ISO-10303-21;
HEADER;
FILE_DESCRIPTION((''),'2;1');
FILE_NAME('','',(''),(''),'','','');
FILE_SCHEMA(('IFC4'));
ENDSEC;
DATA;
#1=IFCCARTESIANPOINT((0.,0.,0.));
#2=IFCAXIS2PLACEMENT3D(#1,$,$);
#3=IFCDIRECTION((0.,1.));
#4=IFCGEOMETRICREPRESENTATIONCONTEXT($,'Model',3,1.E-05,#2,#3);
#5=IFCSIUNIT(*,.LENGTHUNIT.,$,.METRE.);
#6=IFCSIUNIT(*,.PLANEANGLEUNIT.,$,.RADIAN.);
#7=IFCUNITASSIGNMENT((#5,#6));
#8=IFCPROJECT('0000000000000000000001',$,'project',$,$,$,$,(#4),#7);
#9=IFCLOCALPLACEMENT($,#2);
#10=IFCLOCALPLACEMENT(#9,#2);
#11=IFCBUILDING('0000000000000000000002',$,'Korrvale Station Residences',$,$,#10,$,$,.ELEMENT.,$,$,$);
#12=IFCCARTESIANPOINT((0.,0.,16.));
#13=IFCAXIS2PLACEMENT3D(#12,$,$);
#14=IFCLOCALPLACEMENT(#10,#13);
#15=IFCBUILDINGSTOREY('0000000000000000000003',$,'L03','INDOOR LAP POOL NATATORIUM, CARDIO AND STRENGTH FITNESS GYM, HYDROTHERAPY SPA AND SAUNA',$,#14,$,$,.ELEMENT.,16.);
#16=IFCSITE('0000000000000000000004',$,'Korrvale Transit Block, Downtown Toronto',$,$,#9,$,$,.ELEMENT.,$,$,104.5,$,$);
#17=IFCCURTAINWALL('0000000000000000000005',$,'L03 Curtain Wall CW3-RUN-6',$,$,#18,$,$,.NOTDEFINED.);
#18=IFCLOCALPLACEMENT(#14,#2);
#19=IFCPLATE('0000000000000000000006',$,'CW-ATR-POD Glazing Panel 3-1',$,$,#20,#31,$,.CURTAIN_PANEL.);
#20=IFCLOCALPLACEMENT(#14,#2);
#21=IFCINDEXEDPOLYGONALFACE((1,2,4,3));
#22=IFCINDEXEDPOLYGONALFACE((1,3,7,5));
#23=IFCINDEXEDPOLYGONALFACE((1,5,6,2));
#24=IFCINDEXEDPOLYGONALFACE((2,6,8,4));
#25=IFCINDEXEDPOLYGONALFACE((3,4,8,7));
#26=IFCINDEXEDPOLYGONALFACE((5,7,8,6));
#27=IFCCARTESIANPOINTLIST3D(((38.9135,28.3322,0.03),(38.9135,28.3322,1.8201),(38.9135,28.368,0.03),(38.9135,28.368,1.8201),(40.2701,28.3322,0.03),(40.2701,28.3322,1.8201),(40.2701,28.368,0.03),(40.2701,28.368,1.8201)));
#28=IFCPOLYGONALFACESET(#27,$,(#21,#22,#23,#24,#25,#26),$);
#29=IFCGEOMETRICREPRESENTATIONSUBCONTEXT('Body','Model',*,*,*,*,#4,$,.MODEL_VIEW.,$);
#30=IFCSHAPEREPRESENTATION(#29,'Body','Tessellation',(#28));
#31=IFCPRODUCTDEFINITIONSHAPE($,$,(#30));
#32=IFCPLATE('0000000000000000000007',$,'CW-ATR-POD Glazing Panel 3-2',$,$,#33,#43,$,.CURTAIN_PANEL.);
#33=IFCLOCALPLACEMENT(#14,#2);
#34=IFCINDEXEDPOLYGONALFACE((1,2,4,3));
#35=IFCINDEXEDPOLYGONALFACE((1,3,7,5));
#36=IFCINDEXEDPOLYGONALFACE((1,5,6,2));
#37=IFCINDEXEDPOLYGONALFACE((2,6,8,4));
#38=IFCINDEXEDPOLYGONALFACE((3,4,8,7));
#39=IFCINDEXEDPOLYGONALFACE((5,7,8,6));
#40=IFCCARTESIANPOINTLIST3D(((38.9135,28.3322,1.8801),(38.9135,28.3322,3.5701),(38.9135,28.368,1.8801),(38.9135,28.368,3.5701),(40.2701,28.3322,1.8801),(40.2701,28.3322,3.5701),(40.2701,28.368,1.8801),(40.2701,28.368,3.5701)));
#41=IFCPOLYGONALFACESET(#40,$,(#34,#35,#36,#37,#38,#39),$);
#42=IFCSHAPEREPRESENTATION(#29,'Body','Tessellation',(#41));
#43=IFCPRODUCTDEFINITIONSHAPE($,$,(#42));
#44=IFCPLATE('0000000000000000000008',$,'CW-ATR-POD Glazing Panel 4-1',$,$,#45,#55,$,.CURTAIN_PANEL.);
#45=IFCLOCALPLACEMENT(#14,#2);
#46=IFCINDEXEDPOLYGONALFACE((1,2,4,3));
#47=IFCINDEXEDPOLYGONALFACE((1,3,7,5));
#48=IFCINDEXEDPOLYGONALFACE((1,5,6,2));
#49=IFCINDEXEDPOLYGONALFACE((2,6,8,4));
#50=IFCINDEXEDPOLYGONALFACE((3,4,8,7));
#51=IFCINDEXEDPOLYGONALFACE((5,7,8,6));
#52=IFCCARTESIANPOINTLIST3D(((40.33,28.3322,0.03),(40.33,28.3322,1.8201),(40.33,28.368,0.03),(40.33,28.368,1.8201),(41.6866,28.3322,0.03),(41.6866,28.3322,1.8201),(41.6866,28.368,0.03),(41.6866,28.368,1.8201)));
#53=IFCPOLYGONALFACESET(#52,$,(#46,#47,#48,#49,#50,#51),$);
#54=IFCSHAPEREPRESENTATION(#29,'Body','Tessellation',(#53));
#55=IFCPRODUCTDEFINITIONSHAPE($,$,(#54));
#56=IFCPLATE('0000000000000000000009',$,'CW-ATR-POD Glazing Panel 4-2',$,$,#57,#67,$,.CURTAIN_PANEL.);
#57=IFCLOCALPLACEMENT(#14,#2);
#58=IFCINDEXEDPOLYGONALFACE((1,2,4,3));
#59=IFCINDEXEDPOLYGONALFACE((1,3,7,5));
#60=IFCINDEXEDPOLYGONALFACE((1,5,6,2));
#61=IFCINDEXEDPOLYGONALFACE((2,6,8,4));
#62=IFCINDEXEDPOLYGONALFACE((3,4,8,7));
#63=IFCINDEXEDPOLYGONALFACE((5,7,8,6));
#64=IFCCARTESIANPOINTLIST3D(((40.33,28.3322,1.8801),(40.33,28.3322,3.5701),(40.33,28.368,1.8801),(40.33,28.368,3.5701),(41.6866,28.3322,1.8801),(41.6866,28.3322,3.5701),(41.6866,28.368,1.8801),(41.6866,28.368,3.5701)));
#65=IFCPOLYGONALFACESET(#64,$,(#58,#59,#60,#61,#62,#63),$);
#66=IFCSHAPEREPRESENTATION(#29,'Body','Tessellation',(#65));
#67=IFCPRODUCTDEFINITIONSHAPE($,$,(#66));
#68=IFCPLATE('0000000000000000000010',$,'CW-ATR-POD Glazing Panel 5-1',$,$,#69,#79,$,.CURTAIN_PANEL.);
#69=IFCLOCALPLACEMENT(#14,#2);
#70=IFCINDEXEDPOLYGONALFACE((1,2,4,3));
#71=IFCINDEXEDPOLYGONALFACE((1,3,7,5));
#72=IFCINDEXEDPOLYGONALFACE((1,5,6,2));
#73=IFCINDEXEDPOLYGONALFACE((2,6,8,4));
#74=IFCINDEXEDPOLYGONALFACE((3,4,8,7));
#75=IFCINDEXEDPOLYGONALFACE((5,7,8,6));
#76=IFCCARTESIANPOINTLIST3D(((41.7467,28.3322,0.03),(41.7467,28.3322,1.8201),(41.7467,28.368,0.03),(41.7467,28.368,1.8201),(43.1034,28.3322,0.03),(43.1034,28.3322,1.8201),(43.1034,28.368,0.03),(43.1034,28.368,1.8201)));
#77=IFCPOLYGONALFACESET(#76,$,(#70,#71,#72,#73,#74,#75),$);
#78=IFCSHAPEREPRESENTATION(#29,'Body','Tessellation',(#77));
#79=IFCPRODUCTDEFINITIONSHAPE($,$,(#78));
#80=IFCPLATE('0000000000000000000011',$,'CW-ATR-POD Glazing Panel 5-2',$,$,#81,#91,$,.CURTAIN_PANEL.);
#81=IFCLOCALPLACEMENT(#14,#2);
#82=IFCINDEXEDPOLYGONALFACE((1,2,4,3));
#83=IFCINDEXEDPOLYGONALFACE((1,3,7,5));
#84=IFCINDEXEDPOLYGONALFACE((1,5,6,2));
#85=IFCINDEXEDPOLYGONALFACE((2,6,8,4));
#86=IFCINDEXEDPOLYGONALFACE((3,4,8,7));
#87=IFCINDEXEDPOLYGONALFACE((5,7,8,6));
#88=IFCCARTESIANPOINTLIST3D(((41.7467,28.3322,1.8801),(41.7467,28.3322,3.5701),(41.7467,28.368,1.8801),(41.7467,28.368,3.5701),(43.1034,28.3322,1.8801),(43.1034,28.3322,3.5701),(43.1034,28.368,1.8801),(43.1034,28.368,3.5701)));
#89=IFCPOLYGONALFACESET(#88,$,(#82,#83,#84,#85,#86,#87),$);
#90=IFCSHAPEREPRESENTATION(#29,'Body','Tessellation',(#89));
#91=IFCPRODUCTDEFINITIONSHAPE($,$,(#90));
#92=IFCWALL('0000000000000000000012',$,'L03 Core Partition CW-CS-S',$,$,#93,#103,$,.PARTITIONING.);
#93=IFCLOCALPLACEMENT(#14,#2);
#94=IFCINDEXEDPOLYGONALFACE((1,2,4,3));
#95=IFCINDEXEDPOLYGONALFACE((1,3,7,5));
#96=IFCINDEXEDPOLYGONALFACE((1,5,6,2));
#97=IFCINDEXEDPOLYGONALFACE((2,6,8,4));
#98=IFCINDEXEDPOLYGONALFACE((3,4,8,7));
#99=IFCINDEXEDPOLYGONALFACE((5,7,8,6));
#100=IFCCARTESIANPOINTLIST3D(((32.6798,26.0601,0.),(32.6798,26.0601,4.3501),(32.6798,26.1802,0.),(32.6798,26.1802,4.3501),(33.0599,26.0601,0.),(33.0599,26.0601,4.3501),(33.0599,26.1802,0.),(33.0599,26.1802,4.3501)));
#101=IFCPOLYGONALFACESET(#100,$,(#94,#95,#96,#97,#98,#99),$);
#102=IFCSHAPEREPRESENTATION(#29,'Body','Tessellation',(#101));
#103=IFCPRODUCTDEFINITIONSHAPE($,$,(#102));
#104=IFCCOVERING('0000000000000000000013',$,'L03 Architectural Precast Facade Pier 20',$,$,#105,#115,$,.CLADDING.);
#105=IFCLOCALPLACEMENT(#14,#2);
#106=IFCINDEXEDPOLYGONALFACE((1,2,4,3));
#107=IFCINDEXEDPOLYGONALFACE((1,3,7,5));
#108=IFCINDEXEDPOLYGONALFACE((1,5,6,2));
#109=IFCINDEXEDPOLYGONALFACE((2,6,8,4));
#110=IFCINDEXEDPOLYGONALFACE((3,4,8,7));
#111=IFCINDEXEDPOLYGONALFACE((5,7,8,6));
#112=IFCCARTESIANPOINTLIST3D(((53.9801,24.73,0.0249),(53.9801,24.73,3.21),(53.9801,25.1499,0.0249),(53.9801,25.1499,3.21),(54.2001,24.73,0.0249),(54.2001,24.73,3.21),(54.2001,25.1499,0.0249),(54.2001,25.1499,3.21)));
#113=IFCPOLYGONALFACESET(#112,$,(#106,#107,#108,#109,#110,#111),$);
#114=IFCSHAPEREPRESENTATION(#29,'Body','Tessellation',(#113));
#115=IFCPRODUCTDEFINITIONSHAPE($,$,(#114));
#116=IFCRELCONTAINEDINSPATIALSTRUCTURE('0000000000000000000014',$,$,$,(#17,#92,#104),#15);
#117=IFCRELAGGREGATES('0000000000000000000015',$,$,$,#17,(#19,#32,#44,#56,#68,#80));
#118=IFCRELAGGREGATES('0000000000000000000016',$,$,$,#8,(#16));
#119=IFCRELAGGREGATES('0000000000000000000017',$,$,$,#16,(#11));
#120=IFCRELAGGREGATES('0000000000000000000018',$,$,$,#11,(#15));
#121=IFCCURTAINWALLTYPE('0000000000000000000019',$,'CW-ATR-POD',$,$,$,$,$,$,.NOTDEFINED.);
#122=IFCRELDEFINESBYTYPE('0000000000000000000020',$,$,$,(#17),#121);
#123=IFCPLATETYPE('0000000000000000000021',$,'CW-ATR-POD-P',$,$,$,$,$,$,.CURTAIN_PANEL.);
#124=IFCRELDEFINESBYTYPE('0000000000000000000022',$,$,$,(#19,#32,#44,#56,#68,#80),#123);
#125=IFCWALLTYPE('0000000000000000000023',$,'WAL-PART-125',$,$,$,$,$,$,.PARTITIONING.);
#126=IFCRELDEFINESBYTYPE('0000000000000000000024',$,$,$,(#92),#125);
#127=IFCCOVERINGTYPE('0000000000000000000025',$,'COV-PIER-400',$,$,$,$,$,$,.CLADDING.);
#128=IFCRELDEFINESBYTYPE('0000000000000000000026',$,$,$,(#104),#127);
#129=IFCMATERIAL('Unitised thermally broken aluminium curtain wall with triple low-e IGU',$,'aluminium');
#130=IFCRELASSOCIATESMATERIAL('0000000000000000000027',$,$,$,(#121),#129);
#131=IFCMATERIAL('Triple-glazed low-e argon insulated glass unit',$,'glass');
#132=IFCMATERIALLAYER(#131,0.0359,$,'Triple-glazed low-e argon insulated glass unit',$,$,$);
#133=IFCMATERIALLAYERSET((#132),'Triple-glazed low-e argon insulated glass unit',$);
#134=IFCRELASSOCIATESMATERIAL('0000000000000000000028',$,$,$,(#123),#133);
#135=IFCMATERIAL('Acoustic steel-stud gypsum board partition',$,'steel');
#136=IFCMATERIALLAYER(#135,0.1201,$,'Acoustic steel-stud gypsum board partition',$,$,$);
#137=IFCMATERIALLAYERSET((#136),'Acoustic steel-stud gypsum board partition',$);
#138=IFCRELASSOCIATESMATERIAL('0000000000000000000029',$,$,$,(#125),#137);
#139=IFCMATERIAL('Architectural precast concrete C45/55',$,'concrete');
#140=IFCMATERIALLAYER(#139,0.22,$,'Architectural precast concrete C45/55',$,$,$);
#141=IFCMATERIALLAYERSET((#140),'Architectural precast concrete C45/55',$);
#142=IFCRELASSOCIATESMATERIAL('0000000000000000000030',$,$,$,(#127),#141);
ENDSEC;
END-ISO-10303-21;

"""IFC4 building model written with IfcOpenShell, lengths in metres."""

from ifc_helpers import new_model, si_unit, direction, frame, frame_2d, origin, origin_2d, place, context, subcontext, project, spatial, rectangle, extrude, material, layer, layer_set, type_object, element, aggregate, save


model = new_model("IFC4")

# Units and contexts
model_context = context("Model", 3, precision=1e-05, world=origin(), true_north=direction((0.0, 1.0)))
body_context = subcontext(model_context, "Body", "Model", "MODEL_VIEW")
ifc_project = project(units=[si_unit("LENGTHUNIT", "METRE"), si_unit("PLANEANGLEUNIT", "RADIAN")], contexts=[model_context])

# Site, building, storey
site_placement = place(None, origin())
site = spatial("IfcSite", under=ifc_project, at=site_placement, Name="Korrvale Transit Block, Downtown Toronto", CompositionType="ELEMENT", RefElevation=104.5)
building_placement = place(site_placement, origin())
building = spatial("IfcBuilding", under=site, at=building_placement, Name="Korrvale Station Residences", CompositionType="ELEMENT")
storey_placement = place(building_placement, frame((0.0, 0.0, 16.0)))
storey = spatial("IfcBuildingStorey", under=building, at=storey_placement, Name="L03", Description="INDOOR LAP POOL NATATORIUM, CARDIO AND STRENGTH FITNESS GYM, HYDROTHERAPY SPA AND SAUNA", CompositionType="ELEMENT", Elevation=16.0)

# Curtain wall
ifc_material_1 = material(Name="Unitised thermally broken aluminium curtain wall with triple low-e IGU", Category="aluminium")
curtain_wall_type = type_object("IfcCurtainWallType", Name="CW-ATR-POD", PredefinedType="NOTDEFINED", material=ifc_material_1)
curtain_wall_placement = place(storey_placement, origin())
curtain_wall = element("IfcCurtainWall", 1, at=curtain_wall_placement, inside=storey, type_object=curtain_wall_type, Name="L03 Curtain Wall CW3-RUN-6", PredefinedType="NOTDEFINED")

# Plates
ifc_material_2 = material(Name="Triple-glazed low-e argon insulated glass unit", Category="glass")
ifc_layer_1 = layer(ifc_material_2, 0.0359, Name="Triple-glazed low-e argon insulated glass unit")
ifc_layer_set_1 = layer_set([ifc_layer_1], Name="Triple-glazed low-e argon insulated glass unit")
plate_type = type_object("IfcPlateType", Name="CW-ATR-POD-P", PredefinedType="CURTAIN_PANEL", material=ifc_layer_set_1)
plate_1_placement = place(storey_placement, frame((39.5918, 28.3501, 0.03), z_axis=(0.0, 0.0, 1.0), x_axis=(1.0, 0.0, 0.0)))
plate_1 = element("IfcPlate", 2, at=plate_1_placement, type_object=plate_type, Name="CW-ATR-POD Glazing Panel 3-1", PredefinedType="CURTAIN_PANEL", context=body_context, shape_type="SweptSolid", body=[
    extrude(rectangle(XDim=1.3567, YDim=0.0359, at=origin_2d()), origin(), (0.0, 0.0, 1.0), 1.79),
])
plate_2_placement = place(storey_placement, frame((39.5918, 28.3501, 1.8801), z_axis=(0.0, 0.0, 1.0), x_axis=(1.0, 0.0, 0.0)))
plate_2 = element("IfcPlate", 3, at=plate_2_placement, type_object=plate_type, Name="CW-ATR-POD Glazing Panel 3-2", PredefinedType="CURTAIN_PANEL", context=body_context, shape_type="SweptSolid", body=[
    extrude(rectangle(XDim=1.3567, YDim=0.0359, at=origin_2d()), origin(), (0.0, 0.0, 1.0), 1.6899),
])
plate_3_placement = place(storey_placement, frame((41.0083, 28.3501, 0.03), z_axis=(0.0, 0.0, 1.0), x_axis=(1.0, 0.0, 0.0)))
plate_3 = element("IfcPlate", 4, at=plate_3_placement, type_object=plate_type, Name="CW-ATR-POD Glazing Panel 4-1", PredefinedType="CURTAIN_PANEL", context=body_context, shape_type="SweptSolid", body=[
    extrude(rectangle(XDim=1.3567, YDim=0.0359, at=origin_2d()), origin(), (0.0, 0.0, 1.0), 1.79),
])
plate_4_placement = place(storey_placement, frame((41.0083, 28.3501, 1.8801), z_axis=(0.0, 0.0, 1.0), x_axis=(1.0, 0.0, 0.0)))
plate_4 = element("IfcPlate", 5, at=plate_4_placement, type_object=plate_type, Name="CW-ATR-POD Glazing Panel 4-2", PredefinedType="CURTAIN_PANEL", context=body_context, shape_type="SweptSolid", body=[
    extrude(rectangle(XDim=1.3567, YDim=0.0359, at=origin_2d()), origin(), (0.0, 0.0, 1.0), 1.6899),
])
plate_5_placement = place(storey_placement, frame((42.425, 28.3501, 0.03), z_axis=(0.0, 0.0, 1.0), x_axis=(1.0, 0.0, 0.0)))
plate_5 = element("IfcPlate", 6, at=plate_5_placement, type_object=plate_type, Name="CW-ATR-POD Glazing Panel 5-1", PredefinedType="CURTAIN_PANEL", context=body_context, shape_type="SweptSolid", body=[
    extrude(rectangle(XDim=1.3567, YDim=0.0359, at=origin_2d()), origin(), (0.0, 0.0, 1.0), 1.79),
])
plate_6_placement = place(storey_placement, frame((42.425, 28.3501, 1.8801), z_axis=(0.0, 0.0, 1.0), x_axis=(1.0, 0.0, 0.0)))
plate_6 = element("IfcPlate", 7, at=plate_6_placement, type_object=plate_type, Name="CW-ATR-POD Glazing Panel 5-2", PredefinedType="CURTAIN_PANEL", context=body_context, shape_type="SweptSolid", body=[
    extrude(rectangle(XDim=1.3567, YDim=0.0359, at=origin_2d()), origin(), (0.0, 0.0, 1.0), 1.6899),
])
aggregate(curtain_wall, [plate_1, plate_2, plate_3, plate_4, plate_5, plate_6])

# Wall
ifc_material_3 = material(Name="Acoustic steel-stud gypsum board partition", Category="steel")
ifc_layer_2 = layer(ifc_material_3, 0.1201, Name="Acoustic steel-stud gypsum board partition")
ifc_layer_set_2 = layer_set([ifc_layer_2], Name="Acoustic steel-stud gypsum board partition")
wall_type = type_object("IfcWallType", Name="WAL-PART-125", PredefinedType="PARTITIONING", material=ifc_layer_set_2)
wall_placement = place(storey_placement, frame((32.6799, 26.1201, 0.0), z_axis=(0.0, 0.0, 1.0), x_axis=(1.0, 0.0, 0.0)))
element("IfcWall", 8, at=wall_placement, inside=storey, type_object=wall_type, Name="L03 Core Partition CW-CS-S", PredefinedType="PARTITIONING", context=body_context, shape_type="SweptSolid", body=[
    extrude(rectangle(XDim=0.3801, YDim=0.1201, at=frame_2d((0.1899, 0.0))), origin(), (0.0, 0.0, 1.0), 4.3501),
])

# Covering
ifc_material_4 = material(Name="Architectural precast concrete C45/55", Category="concrete")
ifc_layer_3 = layer(ifc_material_4, 0.22, Name="Architectural precast concrete C45/55")
ifc_layer_set_3 = layer_set([ifc_layer_3], Name="Architectural precast concrete C45/55")
covering_type = type_object("IfcCoveringType", Name="COV-PIER-400", PredefinedType="CLADDING", material=ifc_layer_set_3)
covering_placement = place(storey_placement, frame((54.0901, 24.9399, 0.0249), z_axis=(0.0, 0.0, 1.0), x_axis=(0.0, 1.0, 0.0)))
element("IfcCovering", 9, at=covering_placement, inside=storey, type_object=covering_type, Name="L03 Architectural Precast Facade Pier 20", PredefinedType="CLADDING", context=body_context, shape_type="SweptSolid", body=[
    extrude(rectangle(XDim=0.4199, YDim=0.22, at=origin_2d()), origin(), (0.0, 0.0, 1.0), 3.1851),
])

save(model, "model.ifc")
